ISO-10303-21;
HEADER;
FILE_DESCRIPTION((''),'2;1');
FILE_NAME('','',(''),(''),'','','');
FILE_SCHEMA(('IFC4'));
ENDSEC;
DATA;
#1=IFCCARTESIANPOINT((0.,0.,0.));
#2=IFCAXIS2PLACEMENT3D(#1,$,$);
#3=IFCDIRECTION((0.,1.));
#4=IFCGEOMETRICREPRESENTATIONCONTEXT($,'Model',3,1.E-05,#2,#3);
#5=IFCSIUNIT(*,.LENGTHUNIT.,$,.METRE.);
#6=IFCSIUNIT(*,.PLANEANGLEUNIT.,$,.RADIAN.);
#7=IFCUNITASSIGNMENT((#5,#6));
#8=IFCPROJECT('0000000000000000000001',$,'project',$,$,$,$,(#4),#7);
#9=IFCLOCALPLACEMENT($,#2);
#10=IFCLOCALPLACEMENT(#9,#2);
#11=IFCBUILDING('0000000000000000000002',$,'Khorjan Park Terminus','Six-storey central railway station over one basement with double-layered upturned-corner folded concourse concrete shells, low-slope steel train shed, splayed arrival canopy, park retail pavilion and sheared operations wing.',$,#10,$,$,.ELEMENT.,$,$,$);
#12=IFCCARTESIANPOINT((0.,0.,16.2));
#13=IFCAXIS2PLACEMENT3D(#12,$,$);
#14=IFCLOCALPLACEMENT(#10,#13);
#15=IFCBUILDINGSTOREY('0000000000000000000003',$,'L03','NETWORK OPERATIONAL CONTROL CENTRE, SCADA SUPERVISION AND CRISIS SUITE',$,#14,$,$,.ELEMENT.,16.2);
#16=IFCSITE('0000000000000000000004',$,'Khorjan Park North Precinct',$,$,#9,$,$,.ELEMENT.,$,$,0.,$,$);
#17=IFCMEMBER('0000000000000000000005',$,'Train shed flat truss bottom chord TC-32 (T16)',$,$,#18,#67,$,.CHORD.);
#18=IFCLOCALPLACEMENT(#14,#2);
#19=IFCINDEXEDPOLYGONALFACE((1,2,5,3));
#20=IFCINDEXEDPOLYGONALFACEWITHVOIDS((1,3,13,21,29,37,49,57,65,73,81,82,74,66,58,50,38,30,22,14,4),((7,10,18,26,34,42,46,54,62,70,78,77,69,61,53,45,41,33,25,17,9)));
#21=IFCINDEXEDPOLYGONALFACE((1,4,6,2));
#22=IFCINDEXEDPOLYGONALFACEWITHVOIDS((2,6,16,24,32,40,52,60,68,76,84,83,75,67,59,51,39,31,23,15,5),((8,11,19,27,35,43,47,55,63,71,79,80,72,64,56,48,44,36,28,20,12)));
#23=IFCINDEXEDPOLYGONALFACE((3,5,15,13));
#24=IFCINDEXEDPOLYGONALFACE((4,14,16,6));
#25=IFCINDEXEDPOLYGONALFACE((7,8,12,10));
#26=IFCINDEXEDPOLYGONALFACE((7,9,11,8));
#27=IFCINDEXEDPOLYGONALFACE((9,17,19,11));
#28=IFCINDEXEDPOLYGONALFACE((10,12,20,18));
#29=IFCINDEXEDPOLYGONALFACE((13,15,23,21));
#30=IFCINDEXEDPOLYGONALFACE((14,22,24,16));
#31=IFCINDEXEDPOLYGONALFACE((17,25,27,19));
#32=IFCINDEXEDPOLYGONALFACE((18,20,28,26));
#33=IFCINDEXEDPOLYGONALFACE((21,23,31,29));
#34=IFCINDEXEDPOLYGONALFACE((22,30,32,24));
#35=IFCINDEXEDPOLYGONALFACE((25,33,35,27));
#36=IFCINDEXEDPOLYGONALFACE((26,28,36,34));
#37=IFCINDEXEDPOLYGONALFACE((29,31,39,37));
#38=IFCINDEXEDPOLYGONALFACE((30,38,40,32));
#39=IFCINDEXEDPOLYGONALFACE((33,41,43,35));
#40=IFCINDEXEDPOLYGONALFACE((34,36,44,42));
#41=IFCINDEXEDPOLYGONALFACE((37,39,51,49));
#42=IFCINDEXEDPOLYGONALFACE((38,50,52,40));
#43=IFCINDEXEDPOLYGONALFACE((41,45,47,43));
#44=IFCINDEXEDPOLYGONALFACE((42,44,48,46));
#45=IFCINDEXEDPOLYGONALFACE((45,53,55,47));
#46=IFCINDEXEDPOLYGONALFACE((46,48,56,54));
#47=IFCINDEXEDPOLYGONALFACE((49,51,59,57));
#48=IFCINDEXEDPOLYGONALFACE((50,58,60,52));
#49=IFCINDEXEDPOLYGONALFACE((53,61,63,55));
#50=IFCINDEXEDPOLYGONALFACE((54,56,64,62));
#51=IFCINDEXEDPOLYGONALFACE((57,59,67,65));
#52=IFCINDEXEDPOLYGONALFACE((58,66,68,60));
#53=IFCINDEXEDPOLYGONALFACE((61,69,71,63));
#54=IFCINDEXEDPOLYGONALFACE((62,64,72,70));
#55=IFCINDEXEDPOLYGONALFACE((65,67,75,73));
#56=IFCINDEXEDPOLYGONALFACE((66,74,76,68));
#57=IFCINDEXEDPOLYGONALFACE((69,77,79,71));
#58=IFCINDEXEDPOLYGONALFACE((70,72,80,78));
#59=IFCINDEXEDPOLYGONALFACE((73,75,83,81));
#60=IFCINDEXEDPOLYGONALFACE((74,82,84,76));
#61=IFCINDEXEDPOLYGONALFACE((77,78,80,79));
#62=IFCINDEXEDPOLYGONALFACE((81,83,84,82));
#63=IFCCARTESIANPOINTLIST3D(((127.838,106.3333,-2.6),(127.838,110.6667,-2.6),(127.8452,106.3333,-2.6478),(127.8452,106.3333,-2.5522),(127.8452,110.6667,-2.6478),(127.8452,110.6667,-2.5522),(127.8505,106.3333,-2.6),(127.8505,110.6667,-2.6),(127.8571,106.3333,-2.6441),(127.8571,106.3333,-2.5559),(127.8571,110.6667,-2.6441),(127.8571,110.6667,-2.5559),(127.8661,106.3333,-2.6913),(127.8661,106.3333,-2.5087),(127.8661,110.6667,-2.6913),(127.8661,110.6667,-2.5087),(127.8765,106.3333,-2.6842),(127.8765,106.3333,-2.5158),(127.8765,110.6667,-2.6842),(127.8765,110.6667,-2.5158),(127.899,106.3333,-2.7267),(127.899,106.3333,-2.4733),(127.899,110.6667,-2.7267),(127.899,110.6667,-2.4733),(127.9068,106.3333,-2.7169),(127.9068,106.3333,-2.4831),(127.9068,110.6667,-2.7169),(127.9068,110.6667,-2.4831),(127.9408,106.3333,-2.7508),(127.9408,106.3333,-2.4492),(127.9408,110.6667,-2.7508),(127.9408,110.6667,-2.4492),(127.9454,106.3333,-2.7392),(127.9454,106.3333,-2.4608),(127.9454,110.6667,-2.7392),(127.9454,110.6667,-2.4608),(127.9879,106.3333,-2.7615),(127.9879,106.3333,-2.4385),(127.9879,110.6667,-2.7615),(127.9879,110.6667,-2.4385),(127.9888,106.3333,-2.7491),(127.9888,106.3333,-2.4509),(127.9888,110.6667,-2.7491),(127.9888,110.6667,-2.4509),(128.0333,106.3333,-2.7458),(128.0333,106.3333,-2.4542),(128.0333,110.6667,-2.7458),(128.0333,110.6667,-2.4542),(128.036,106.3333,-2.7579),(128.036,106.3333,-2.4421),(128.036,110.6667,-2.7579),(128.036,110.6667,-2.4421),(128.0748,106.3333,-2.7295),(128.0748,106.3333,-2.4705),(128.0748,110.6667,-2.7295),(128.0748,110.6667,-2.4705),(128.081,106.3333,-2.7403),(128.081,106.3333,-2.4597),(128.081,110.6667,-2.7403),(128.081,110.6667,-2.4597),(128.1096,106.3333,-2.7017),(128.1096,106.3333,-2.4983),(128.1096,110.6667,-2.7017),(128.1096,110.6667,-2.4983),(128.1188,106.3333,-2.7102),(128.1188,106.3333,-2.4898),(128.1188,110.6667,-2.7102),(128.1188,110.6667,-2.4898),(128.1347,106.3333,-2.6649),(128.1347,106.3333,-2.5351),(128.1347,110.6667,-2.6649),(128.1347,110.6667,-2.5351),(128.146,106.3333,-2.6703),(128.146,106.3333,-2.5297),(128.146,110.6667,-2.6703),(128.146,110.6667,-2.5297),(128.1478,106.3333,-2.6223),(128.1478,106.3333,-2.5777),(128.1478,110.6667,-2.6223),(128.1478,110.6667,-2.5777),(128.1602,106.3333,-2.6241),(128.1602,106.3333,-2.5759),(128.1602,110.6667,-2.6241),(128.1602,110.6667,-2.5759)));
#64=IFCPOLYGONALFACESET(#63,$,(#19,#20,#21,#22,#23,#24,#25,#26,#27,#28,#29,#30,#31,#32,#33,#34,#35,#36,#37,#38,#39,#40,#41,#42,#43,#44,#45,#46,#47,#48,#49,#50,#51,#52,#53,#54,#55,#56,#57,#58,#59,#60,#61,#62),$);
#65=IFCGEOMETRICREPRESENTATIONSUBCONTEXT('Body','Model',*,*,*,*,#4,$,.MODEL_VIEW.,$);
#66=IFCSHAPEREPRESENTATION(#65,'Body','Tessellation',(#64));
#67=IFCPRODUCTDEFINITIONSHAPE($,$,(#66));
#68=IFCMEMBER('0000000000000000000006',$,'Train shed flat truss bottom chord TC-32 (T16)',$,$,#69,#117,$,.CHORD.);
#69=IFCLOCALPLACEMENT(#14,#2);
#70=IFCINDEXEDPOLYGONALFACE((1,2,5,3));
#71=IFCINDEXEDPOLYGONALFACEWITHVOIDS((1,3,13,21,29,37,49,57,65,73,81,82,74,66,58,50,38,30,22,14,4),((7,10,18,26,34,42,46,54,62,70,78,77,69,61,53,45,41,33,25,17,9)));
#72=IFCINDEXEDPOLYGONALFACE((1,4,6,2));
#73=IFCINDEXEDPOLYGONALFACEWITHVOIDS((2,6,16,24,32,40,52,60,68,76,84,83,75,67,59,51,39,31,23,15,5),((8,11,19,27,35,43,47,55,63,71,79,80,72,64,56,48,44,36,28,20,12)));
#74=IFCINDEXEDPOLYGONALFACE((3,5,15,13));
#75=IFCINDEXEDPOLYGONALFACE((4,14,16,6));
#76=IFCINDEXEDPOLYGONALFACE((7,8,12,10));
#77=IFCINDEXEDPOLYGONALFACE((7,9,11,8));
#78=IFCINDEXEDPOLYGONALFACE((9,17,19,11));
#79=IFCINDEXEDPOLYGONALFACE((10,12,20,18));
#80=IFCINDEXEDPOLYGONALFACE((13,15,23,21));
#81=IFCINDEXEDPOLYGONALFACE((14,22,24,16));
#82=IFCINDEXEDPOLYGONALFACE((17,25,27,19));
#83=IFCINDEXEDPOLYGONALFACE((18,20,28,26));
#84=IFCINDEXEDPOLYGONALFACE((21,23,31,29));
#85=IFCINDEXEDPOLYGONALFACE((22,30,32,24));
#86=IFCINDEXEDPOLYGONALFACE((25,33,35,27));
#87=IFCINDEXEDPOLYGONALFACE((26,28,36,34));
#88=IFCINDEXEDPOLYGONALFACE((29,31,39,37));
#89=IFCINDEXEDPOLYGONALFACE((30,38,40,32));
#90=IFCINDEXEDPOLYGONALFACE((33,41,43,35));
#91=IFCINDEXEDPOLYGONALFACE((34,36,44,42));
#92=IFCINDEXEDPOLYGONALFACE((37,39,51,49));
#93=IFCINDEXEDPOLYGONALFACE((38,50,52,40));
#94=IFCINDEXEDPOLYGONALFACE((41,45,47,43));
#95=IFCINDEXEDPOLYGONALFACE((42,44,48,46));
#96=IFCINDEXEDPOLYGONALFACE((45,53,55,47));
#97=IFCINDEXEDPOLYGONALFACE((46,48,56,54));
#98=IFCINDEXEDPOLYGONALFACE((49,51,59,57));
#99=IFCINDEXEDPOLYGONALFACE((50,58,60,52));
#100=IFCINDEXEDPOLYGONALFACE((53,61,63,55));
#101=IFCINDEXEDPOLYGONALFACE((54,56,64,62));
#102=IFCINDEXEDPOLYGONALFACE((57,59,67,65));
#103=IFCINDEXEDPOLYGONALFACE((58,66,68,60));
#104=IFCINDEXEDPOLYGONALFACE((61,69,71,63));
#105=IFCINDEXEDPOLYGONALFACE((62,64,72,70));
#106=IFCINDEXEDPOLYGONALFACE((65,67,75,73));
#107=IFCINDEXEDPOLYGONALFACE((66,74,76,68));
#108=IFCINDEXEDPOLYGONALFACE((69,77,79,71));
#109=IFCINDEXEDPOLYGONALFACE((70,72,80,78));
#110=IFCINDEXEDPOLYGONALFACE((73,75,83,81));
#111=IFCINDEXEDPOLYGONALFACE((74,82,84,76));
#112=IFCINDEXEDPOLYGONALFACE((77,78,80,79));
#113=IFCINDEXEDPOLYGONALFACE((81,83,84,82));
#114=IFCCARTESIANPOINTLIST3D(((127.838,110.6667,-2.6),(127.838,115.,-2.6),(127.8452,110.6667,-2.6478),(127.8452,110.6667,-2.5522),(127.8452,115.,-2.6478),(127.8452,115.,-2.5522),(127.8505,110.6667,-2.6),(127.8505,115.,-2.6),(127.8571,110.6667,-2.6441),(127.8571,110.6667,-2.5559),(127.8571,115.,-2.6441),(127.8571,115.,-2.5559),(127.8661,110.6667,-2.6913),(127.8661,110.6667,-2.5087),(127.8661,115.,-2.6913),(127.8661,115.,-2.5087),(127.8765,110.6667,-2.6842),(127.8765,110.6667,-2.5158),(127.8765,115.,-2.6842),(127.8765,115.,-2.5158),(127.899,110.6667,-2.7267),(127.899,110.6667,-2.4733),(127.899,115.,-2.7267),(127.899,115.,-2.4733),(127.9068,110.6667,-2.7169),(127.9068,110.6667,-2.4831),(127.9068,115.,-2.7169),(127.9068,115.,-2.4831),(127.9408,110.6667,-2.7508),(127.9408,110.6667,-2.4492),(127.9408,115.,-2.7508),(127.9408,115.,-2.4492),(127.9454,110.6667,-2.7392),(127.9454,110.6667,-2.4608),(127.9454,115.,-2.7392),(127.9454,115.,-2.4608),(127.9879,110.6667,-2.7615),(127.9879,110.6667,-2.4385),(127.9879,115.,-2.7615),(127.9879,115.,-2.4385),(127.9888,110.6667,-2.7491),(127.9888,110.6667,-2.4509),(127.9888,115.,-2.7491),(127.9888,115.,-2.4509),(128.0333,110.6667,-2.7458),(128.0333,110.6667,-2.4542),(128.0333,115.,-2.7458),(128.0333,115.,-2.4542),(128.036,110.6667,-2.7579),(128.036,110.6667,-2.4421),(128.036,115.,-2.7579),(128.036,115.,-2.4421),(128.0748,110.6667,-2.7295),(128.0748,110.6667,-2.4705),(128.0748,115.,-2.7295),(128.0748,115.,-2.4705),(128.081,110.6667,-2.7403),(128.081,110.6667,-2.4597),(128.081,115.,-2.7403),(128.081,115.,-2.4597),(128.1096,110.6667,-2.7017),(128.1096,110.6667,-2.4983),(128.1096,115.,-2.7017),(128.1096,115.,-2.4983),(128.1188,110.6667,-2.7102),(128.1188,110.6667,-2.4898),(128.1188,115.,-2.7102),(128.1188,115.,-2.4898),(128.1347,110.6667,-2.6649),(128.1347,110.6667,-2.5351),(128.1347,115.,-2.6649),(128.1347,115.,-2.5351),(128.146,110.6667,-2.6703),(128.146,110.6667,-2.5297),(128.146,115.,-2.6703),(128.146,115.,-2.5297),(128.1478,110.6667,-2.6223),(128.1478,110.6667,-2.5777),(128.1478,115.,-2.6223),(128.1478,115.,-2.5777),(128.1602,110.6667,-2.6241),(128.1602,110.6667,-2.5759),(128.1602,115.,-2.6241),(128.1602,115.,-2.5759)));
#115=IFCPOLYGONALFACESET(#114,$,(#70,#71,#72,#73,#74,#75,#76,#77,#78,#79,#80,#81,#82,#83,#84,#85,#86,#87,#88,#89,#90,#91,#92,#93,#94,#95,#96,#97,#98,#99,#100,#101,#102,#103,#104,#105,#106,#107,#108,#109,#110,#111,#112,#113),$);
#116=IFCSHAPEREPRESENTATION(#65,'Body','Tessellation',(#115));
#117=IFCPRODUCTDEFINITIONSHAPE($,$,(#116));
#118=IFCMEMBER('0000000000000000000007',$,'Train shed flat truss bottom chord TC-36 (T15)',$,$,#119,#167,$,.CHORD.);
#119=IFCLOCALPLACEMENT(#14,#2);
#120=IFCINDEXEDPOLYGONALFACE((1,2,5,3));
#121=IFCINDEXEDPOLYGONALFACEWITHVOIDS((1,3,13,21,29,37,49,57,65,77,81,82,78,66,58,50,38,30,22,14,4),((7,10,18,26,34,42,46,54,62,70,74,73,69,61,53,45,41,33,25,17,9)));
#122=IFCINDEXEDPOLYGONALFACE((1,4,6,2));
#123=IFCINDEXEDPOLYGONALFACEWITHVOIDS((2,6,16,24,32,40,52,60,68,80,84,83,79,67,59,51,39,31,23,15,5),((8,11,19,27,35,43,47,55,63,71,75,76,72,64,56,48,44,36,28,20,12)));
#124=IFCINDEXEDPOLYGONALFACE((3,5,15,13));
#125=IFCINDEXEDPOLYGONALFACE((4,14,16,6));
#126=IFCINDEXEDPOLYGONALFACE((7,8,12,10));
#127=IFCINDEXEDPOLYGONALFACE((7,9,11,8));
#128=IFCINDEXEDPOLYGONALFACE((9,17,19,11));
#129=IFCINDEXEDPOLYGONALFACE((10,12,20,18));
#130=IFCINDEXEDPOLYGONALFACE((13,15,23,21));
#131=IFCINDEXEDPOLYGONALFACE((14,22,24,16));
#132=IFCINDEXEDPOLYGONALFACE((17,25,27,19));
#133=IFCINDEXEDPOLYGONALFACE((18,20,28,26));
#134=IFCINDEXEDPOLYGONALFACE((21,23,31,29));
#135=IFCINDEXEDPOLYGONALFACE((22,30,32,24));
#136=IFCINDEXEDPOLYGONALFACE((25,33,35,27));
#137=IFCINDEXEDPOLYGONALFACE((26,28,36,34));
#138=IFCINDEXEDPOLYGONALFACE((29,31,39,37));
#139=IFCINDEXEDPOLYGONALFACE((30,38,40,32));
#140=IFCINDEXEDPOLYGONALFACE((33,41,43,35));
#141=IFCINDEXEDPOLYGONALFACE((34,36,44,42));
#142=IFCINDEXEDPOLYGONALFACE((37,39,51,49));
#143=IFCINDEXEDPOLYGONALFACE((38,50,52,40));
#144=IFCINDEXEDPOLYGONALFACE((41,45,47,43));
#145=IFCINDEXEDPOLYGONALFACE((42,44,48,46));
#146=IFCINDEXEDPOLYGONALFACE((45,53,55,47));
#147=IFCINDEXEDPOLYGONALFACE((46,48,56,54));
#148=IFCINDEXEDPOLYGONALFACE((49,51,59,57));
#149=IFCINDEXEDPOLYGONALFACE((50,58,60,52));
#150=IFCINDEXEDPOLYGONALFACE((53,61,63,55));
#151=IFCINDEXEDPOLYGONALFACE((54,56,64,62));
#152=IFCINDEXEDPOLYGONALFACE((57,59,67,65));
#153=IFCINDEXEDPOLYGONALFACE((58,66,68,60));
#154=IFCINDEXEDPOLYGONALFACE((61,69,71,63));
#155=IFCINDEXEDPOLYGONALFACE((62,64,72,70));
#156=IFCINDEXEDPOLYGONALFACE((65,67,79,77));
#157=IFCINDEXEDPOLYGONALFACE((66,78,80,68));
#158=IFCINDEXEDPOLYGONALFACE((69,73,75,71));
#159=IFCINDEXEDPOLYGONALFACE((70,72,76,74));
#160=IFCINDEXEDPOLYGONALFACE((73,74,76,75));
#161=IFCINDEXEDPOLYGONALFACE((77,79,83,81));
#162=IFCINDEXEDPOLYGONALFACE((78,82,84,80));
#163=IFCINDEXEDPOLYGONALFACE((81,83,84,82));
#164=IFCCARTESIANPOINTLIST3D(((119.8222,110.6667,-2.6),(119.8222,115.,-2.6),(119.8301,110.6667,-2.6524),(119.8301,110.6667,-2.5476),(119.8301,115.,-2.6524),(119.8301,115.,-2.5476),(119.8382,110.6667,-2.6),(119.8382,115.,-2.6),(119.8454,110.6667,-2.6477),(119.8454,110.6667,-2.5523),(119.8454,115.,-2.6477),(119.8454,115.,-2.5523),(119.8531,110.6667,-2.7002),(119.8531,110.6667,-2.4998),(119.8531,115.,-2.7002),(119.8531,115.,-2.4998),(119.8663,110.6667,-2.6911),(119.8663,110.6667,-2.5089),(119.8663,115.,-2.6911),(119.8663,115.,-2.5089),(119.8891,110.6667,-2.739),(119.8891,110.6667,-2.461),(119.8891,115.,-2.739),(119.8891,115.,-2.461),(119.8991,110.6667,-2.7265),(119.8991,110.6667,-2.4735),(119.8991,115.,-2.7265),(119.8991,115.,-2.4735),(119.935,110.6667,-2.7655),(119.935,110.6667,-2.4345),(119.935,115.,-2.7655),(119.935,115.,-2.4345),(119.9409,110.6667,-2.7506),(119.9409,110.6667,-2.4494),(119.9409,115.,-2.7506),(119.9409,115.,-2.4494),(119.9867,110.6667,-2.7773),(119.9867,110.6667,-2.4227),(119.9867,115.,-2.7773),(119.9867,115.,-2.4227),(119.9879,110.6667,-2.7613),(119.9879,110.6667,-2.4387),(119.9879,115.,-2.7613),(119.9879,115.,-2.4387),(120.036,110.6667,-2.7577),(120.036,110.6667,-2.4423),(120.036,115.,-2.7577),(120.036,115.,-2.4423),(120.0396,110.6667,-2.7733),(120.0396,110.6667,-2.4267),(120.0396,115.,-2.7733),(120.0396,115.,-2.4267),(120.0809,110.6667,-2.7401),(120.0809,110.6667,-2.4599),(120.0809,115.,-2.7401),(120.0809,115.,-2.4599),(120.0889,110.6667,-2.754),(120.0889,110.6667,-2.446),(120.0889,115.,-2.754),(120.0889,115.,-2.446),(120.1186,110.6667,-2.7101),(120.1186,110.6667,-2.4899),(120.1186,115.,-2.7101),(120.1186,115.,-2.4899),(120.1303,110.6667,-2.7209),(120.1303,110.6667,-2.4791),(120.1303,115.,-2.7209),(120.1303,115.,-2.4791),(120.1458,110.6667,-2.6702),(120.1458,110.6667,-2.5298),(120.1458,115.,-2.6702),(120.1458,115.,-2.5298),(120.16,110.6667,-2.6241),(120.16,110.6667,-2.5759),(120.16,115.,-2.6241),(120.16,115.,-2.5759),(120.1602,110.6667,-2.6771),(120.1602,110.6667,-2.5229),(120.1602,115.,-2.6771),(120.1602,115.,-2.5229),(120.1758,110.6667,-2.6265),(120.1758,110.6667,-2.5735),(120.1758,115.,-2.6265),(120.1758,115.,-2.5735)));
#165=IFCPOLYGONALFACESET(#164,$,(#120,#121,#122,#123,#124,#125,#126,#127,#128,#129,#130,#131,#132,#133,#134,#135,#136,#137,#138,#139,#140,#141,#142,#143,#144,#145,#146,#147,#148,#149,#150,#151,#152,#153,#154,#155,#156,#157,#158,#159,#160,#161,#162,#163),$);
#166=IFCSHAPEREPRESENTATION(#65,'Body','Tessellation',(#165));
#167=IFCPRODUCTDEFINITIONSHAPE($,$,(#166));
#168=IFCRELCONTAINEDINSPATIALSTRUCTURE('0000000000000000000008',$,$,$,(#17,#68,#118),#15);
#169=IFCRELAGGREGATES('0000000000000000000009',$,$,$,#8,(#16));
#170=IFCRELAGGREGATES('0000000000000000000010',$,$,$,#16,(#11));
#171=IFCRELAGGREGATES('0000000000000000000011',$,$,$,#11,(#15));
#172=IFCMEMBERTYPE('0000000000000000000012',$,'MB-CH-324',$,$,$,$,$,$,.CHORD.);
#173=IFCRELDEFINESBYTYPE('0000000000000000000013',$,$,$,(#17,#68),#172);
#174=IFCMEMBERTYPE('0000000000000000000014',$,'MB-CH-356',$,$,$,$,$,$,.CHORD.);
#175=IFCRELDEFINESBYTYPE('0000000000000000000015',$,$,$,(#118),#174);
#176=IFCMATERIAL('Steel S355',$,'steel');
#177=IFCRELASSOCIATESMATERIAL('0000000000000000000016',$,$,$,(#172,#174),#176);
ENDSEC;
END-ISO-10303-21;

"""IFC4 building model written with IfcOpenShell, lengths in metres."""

from ifc_helpers import new_model, si_unit, direction, frame, origin, origin_2d, place, context, subcontext, project, spatial, hollow_circle, extrude, material, material_profile, profile_set, type_object, element, save


model = new_model("IFC4")

# Units and contexts
model_context = context("Model", 3, precision=1e-05, world=origin(), true_north=direction((0.0, 1.0)))
body_context = subcontext(model_context, "Body", "Model", "MODEL_VIEW")
ifc_project = project(units=[si_unit("LENGTHUNIT", "METRE"), si_unit("PLANEANGLEUNIT", "RADIAN")], contexts=[model_context])

# Site, building, storey
site_placement = place(None, origin())
site = spatial("IfcSite", under=ifc_project, at=site_placement, Name="Khorjan Park North Precinct", CompositionType="ELEMENT", RefElevation=0.0)
building_placement = place(site_placement, origin())
building = spatial("IfcBuilding", under=site, at=building_placement, Name="Khorjan Park Terminus", Description="Six-storey central railway station over one basement with double-layered upturned-corner folded concourse concrete shells, low-slope steel train shed, splayed arrival canopy, park retail pavilion and sheared operations wing.", CompositionType="ELEMENT")
storey_placement = place(building_placement, frame((0.0, 0.0, 16.2)))
storey = spatial("IfcBuildingStorey", under=building, at=storey_placement, Name="L03", Description="NETWORK OPERATIONAL CONTROL CENTRE, SCADA SUPERVISION AND CRISIS SUITE", CompositionType="ELEMENT", Elevation=16.2)

# Members
ifc_material_1 = material(Name="Steel S355", Category="steel")
ifc_material_profile_1 = material_profile(ifc_material_1, hollow_circle(Radius=0.162, WallThickness=0.0125, at=origin_2d()), Name="CHS 323.9x12.5")
ifc_profile_set_1 = profile_set([ifc_material_profile_1], Name="Steel S355")
member_type_1 = type_object("IfcMemberType", Name="MB-CH-324", PredefinedType="CHORD", material=ifc_profile_set_1)
member_1_placement = place(storey_placement, frame((128.0, 106.3333, -2.6), z_axis=(0.0, 1.0, 0.0), x_axis=(-1.0, 0.0, 0.0)))
element("IfcMember", 1, at=member_1_placement, inside=storey, type_object=member_type_1, Name="Train shed flat truss bottom chord TC-32 (T16)", PredefinedType="CHORD", context=body_context, shape_type="SweptSolid", body=[
    extrude(hollow_circle(Radius=0.162, WallThickness=0.0125, at=origin_2d()), origin(), (0.0, 0.0, 1.0), 4.3334),
])
member_2_placement = place(storey_placement, frame((128.0, 110.6667, -2.6), z_axis=(0.0, 1.0, 0.0), x_axis=(-1.0, 0.0, 0.0)))
element("IfcMember", 2, at=member_2_placement, inside=storey, type_object=member_type_1, Name="Train shed flat truss bottom chord TC-32 (T16)", PredefinedType="CHORD", context=body_context, shape_type="SweptSolid", body=[
    extrude(hollow_circle(Radius=0.162, WallThickness=0.0125, at=origin_2d()), origin(), (0.0, 0.0, 1.0), 4.3333),
])
ifc_material_profile_2 = material_profile(ifc_material_1, hollow_circle(Radius=0.1778, WallThickness=0.016, at=origin_2d()), Name="CHS 355.6x16")
ifc_profile_set_2 = profile_set([ifc_material_profile_2], Name="Steel S355")
member_type_2 = type_object("IfcMemberType", Name="MB-CH-356", PredefinedType="CHORD", material=ifc_profile_set_2)
member_3_placement = place(storey_placement, frame((120.0, 110.6667, -2.6), z_axis=(0.0, 1.0, 0.0), x_axis=(-1.0, 0.0, 0.0)))
element("IfcMember", 3, at=member_3_placement, inside=storey, type_object=member_type_2, Name="Train shed flat truss bottom chord TC-36 (T15)", PredefinedType="CHORD", context=body_context, shape_type="SweptSolid", body=[
    extrude(hollow_circle(Radius=0.1778, WallThickness=0.016, at=origin_2d()), origin(), (0.0, 0.0, 1.0), 4.3333),
])

save(model, "model.ifc")
